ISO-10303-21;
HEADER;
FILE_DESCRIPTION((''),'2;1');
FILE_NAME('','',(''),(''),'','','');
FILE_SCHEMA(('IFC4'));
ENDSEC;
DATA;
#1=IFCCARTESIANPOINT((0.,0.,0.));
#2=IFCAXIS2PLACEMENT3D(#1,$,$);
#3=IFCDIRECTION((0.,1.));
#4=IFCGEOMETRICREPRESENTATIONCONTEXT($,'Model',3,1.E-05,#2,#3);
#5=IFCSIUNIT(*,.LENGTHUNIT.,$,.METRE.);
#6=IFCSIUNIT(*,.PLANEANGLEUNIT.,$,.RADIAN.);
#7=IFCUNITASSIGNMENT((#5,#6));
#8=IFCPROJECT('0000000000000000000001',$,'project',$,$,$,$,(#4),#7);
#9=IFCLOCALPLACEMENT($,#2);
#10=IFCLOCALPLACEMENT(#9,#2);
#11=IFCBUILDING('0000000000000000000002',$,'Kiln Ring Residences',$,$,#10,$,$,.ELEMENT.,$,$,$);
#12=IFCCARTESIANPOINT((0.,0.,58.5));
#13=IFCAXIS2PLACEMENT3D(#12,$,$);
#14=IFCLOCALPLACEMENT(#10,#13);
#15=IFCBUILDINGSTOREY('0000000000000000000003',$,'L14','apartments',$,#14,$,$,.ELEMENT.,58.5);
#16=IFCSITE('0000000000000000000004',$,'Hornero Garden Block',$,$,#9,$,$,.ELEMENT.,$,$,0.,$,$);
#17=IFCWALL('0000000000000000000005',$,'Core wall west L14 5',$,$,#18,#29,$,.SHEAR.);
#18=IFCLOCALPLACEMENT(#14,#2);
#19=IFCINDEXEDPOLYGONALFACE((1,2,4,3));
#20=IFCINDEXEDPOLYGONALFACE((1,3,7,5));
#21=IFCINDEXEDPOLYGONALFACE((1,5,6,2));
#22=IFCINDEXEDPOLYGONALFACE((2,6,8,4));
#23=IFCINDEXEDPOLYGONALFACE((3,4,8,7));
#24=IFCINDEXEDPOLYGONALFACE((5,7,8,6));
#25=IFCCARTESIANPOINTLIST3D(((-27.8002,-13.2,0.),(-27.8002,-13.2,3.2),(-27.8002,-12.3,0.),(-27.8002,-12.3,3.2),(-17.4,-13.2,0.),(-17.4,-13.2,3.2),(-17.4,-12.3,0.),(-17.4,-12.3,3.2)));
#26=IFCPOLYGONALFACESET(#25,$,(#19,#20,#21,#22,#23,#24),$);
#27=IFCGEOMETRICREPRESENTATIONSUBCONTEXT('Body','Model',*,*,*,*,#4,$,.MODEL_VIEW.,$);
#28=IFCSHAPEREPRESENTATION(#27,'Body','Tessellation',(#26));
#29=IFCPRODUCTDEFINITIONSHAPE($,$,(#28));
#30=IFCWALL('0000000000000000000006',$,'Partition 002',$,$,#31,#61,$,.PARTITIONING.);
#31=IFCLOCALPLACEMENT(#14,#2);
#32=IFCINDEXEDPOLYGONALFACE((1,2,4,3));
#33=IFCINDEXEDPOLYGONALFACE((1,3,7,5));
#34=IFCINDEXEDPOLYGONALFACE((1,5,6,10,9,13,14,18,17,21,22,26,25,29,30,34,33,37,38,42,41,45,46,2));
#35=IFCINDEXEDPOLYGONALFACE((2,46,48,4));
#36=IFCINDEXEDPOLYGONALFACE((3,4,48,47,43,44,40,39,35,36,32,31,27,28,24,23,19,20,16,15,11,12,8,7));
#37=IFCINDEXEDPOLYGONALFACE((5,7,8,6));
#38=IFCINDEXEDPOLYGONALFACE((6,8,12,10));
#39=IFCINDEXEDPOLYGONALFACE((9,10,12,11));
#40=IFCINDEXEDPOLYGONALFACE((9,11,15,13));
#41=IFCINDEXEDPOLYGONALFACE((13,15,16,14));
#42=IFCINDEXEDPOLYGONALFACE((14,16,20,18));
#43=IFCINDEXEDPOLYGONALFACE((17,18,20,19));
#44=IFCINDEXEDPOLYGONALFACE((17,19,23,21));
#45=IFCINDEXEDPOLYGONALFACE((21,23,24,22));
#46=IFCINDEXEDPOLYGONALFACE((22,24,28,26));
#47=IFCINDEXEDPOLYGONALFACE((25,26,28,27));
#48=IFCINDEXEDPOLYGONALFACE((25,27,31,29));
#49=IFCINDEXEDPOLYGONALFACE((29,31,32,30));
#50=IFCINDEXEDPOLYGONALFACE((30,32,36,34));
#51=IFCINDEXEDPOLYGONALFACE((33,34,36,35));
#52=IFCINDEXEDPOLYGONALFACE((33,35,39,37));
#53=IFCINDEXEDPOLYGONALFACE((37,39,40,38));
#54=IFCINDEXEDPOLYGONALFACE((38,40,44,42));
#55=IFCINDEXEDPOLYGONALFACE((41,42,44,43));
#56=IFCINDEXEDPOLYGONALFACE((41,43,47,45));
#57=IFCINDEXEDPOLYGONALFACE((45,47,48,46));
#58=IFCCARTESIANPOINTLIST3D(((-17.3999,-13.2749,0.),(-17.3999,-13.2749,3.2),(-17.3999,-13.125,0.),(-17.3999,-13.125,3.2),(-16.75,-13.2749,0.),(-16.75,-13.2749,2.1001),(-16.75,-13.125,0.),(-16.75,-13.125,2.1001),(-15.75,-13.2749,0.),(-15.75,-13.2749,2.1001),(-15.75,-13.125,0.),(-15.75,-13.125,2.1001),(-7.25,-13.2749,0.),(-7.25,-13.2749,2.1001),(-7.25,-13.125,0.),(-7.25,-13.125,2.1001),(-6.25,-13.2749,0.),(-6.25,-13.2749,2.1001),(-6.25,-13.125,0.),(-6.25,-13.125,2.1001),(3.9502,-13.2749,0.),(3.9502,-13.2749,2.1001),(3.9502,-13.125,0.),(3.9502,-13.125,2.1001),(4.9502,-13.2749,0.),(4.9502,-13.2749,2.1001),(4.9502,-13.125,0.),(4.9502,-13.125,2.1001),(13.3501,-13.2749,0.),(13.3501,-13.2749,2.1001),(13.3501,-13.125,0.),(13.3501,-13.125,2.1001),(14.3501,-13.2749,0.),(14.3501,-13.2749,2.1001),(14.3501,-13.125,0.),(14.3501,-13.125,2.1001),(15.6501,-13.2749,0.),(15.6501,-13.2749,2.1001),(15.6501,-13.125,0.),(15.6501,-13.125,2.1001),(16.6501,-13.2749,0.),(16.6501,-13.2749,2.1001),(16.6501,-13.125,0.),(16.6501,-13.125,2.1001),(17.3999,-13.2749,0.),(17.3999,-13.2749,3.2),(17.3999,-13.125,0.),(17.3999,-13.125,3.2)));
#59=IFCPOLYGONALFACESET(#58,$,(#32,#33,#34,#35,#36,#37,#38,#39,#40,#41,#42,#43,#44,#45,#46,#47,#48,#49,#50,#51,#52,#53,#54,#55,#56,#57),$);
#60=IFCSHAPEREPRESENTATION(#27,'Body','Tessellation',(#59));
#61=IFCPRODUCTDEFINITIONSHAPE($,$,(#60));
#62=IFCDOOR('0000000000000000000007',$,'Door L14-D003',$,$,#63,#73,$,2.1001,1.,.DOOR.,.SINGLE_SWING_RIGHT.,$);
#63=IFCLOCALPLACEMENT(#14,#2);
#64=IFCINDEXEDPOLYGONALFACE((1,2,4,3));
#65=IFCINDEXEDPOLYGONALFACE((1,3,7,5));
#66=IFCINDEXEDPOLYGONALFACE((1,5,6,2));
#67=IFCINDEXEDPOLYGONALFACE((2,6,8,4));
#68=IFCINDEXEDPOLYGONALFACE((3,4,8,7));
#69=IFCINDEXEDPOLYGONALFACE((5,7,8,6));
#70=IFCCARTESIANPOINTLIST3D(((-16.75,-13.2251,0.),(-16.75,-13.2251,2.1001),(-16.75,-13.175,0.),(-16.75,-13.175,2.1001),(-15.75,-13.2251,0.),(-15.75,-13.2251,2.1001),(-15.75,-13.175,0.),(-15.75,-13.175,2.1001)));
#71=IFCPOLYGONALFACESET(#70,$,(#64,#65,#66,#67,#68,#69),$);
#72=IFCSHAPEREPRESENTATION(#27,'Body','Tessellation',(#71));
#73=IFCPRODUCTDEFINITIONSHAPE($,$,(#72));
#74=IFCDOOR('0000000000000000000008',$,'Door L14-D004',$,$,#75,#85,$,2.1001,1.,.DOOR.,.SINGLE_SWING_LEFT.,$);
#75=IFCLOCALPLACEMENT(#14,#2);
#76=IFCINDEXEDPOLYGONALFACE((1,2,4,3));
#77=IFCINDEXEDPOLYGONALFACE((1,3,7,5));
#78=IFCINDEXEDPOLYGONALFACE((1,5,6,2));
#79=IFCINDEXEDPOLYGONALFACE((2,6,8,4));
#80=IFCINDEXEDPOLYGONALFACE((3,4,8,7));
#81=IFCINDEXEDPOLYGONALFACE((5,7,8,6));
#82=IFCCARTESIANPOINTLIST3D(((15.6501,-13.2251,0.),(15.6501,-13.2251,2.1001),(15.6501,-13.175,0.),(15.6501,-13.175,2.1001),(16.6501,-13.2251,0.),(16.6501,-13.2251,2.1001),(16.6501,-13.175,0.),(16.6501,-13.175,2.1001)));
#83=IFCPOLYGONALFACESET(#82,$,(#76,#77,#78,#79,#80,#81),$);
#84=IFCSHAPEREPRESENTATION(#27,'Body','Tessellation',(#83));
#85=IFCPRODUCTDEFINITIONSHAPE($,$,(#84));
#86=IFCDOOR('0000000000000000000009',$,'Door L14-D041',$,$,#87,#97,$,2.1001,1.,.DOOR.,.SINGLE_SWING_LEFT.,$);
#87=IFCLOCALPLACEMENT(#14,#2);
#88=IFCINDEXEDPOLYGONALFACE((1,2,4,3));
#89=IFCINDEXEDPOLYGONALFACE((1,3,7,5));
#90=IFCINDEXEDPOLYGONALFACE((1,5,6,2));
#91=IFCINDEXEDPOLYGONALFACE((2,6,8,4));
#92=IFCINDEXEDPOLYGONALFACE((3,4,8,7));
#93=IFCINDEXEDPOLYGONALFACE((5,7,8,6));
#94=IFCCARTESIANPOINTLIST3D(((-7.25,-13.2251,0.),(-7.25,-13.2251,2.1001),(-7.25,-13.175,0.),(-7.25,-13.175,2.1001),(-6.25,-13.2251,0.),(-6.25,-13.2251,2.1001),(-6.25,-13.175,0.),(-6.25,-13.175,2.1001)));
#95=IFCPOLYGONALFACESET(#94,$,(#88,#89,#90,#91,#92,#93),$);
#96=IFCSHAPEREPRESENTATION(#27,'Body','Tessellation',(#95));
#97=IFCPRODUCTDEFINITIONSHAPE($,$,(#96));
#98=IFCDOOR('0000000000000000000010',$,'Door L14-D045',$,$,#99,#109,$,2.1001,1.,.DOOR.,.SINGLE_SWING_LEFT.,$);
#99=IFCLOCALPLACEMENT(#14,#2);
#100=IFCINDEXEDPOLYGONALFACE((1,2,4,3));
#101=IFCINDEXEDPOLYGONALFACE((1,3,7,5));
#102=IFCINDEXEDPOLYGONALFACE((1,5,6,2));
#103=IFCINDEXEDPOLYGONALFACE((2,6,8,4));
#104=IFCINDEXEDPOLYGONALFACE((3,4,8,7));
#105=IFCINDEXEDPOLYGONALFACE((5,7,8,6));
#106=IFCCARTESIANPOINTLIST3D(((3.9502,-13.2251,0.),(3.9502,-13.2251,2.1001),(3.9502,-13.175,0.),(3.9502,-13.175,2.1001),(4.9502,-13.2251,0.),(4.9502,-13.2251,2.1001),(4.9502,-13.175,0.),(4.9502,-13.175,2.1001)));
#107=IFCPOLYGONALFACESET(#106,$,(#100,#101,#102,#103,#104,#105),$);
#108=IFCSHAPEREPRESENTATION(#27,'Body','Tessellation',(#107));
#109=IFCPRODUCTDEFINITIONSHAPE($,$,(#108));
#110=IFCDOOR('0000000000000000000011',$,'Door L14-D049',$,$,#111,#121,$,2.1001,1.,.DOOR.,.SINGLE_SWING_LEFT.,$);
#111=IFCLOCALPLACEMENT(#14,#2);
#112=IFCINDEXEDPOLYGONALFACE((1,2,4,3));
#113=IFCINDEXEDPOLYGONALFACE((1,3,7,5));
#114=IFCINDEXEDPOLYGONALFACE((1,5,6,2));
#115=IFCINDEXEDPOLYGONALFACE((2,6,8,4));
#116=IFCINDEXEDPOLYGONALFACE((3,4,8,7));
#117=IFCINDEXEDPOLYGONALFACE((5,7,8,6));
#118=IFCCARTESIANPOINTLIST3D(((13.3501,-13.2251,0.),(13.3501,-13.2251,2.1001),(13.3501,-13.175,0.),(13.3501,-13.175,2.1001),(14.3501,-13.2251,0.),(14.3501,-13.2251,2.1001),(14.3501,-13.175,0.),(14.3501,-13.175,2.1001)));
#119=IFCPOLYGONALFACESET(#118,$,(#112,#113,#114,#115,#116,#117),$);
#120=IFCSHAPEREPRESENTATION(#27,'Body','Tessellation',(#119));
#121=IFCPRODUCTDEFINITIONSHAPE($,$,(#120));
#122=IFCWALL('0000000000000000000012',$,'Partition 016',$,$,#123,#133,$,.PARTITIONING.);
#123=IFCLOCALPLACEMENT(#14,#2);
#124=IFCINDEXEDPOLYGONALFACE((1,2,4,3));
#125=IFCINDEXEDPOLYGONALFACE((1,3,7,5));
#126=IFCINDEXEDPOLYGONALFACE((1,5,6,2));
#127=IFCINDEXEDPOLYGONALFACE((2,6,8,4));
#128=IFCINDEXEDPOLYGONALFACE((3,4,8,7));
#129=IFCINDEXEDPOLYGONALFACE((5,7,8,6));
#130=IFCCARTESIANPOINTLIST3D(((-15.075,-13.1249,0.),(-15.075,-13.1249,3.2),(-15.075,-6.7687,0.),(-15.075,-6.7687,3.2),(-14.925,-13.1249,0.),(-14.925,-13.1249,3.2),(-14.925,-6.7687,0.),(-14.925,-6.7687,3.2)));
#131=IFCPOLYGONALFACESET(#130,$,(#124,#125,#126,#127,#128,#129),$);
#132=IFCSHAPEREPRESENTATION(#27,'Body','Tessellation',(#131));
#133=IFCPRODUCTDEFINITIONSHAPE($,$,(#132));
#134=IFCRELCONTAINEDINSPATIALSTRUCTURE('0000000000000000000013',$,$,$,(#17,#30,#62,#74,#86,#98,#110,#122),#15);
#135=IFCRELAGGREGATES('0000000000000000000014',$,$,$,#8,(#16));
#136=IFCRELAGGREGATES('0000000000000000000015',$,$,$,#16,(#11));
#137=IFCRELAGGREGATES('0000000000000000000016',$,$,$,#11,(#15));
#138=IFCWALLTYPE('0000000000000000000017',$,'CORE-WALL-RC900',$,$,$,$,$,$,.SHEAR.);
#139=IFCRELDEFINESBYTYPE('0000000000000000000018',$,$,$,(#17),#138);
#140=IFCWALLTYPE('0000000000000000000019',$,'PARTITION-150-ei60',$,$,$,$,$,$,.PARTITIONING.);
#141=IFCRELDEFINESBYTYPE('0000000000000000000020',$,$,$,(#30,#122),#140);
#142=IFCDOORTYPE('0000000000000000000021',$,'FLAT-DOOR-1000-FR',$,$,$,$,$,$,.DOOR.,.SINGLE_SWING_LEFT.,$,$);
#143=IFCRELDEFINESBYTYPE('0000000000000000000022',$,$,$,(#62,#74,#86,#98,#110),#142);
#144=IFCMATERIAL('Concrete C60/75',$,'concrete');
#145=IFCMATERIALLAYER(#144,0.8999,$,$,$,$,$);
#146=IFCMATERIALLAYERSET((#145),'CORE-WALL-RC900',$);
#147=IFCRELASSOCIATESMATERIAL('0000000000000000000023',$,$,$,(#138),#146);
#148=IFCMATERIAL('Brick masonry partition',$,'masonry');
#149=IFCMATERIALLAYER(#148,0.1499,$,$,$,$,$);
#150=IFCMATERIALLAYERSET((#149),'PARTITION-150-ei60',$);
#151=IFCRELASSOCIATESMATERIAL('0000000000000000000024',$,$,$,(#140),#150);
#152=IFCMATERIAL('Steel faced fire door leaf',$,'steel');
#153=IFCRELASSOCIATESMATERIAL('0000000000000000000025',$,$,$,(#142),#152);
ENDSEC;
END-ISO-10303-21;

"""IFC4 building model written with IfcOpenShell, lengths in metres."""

from ifc_helpers import new_model, si_unit, direction, frame, frame_2d, origin, place, context, subcontext, project, spatial, rectangle, extrude, material, layer, layer_set, type_object, element, fill, save


model = new_model("IFC4")

# Units and contexts
model_context = context("Model", 3, precision=1e-05, world=origin(), true_north=direction((0.0, 1.0)))
body_context = subcontext(model_context, "Body", "Model", "MODEL_VIEW")
ifc_project = project(units=[si_unit("LENGTHUNIT", "METRE"), si_unit("PLANEANGLEUNIT", "RADIAN")], contexts=[model_context])

# Site, building, storey
site_placement = place(None, origin())
site = spatial("IfcSite", under=ifc_project, at=site_placement, Name="Hornero Garden Block", CompositionType="ELEMENT", RefElevation=0.0)
building_placement = place(site_placement, origin())
building = spatial("IfcBuilding", under=site, at=building_placement, Name="Kiln Ring Residences", CompositionType="ELEMENT")
storey_placement = place(building_placement, frame((0.0, 0.0, 58.5)))
storey = spatial("IfcBuildingStorey", under=building, at=storey_placement, Name="L14", Description="apartments", CompositionType="ELEMENT", Elevation=58.5)

# Wall
ifc_material_1 = material(Name="Concrete C60/75", Category="concrete")
ifc_layer_1 = layer(ifc_material_1, 0.8999)
ifc_layer_set_1 = layer_set([ifc_layer_1], Name="CORE-WALL-RC900")
wall_type_1 = type_object("IfcWallType", Name="CORE-WALL-RC900", PredefinedType="SHEAR", material=ifc_layer_set_1)
wall_1_placement = place(storey_placement, frame((-17.3999, -12.75, 0.0), z_axis=(0.0, 0.0, 1.0), x_axis=(-1.0, 0.0, 0.0)))
element("IfcWall", 1, at=wall_1_placement, inside=storey, type_object=wall_type_1, Name="Core wall west L14 5", PredefinedType="SHEAR", context=body_context, shape_type="SweptSolid", body=[
    extrude(rectangle(XDim=10.4001, YDim=0.8999, at=frame_2d((5.2002, 0.0))), origin(), (0.0, 0.0, 1.0), 3.2),
])

# Wall, openings, doors
ifc_material_2 = material(Name="Brick masonry partition", Category="masonry")
ifc_layer_2 = layer(ifc_material_2, 0.1499)
ifc_layer_set_2 = layer_set([ifc_layer_2], Name="PARTITION-150-ei60")
wall_type_2 = type_object("IfcWallType", Name="PARTITION-150-ei60", PredefinedType="PARTITIONING", material=ifc_layer_set_2)
wall_2_placement = place(storey_placement, frame((-17.3999, -13.2, 0.0), z_axis=(0.0, 0.0, 1.0), x_axis=(1.0, 0.0, 0.0)))
wall_2 = element("IfcWall", 2, at=wall_2_placement, inside=storey, type_object=wall_type_2, Name="Partition 002", PredefinedType="PARTITIONING", context=body_context, shape_type="SweptSolid", body=[
    extrude(rectangle(XDim=34.7998, YDim=0.1499, at=frame_2d((17.3999, 0.0))), origin(), (0.0, 0.0, 1.0), 3.2),
])
opening_1_placement = place(wall_2_placement, frame((0.6499, 0.0, 0.0)))
opening_1 = element("IfcOpeningElement", 3, at=opening_1_placement, cuts=wall_2, PredefinedType="OPENING", context=body_context, shape_type="SweptSolid", body=[
    extrude(rectangle(XDim=1.0, YDim=2.1001, at=frame_2d((0.5, 1.05))), frame((0.0, 0.085, 0.0), z_axis=(0.0, -1.0, 0.0), x_axis=(1.0, 0.0, 0.0)), (0.0, 0.0, 1.0), 0.1699),
])
opening_2_placement = place(wall_2_placement, frame((33.05, 0.0, 0.0)))
opening_2 = element("IfcOpeningElement", 4, at=opening_2_placement, cuts=wall_2, PredefinedType="OPENING", context=body_context, shape_type="SweptSolid", body=[
    extrude(rectangle(XDim=1.0, YDim=2.1001, at=frame_2d((0.5, 1.05))), frame((0.0, 0.085, 0.0), z_axis=(0.0, -1.0, 0.0), x_axis=(1.0, 0.0, 0.0)), (0.0, 0.0, 1.0), 0.1699),
])
opening_3_placement = place(wall_2_placement, frame((10.1499, 0.0, 0.0)))
opening_3 = element("IfcOpeningElement", 5, at=opening_3_placement, cuts=wall_2, PredefinedType="OPENING", context=body_context, shape_type="SweptSolid", body=[
    extrude(rectangle(XDim=1.0, YDim=2.1001, at=frame_2d((0.5, 1.05))), frame((0.0, 0.085, 0.0), z_axis=(0.0, -1.0, 0.0), x_axis=(1.0, 0.0, 0.0)), (0.0, 0.0, 1.0), 0.1699),
])
opening_4_placement = place(wall_2_placement, frame((21.3501, 0.0, 0.0)))
opening_4 = element("IfcOpeningElement", 6, at=opening_4_placement, cuts=wall_2, PredefinedType="OPENING", context=body_context, shape_type="SweptSolid", body=[
    extrude(rectangle(XDim=1.0, YDim=2.1001, at=frame_2d((0.5, 1.05))), frame((0.0, 0.085, 0.0), z_axis=(0.0, -1.0, 0.0), x_axis=(1.0, 0.0, 0.0)), (0.0, 0.0, 1.0), 0.1699),
])
opening_5_placement = place(wall_2_placement, frame((30.75, 0.0, 0.0)))
opening_5 = element("IfcOpeningElement", 7, at=opening_5_placement, cuts=wall_2, PredefinedType="OPENING", context=body_context, shape_type="SweptSolid", body=[
    extrude(rectangle(XDim=1.0, YDim=2.1001, at=frame_2d((0.5, 1.05))), frame((0.0, 0.085, 0.0), z_axis=(0.0, -1.0, 0.0), x_axis=(1.0, 0.0, 0.0)), (0.0, 0.0, 1.0), 0.1699),
])
ifc_material_3 = material(Name="Steel faced fire door leaf", Category="steel")
door_type_1 = type_object("IfcDoorType", Name="FLAT-DOOR-1000-FR", OperationType="SINGLE_SWING_LEFT", PredefinedType="DOOR", material=ifc_material_3)
door_1_placement = place(opening_1_placement, origin())
door_1 = element("IfcDoor", 8, at=door_1_placement, inside=storey, type_object=door_type_1, Name="Door L14-D003", OperationType="SINGLE_SWING_RIGHT", OverallHeight=2.1001, OverallWidth=1.0, PredefinedType="DOOR", context=body_context, shape_type="SweptSolid", body=[
    extrude(rectangle(XDim=1.0, YDim=2.1001, at=frame_2d((0.5, 1.05))), frame((0.0, 0.0249, 0.0), z_axis=(0.0, -1.0, 0.0), x_axis=(1.0, 0.0, 0.0)), (0.0, 0.0, 1.0), 0.05),
])
fill(opening_1, door_1)
door_2_placement = place(opening_2_placement, origin())
door_2 = element("IfcDoor", 9, at=door_2_placement, inside=storey, type_object=door_type_1, Name="Door L14-D004", OperationType="SINGLE_SWING_LEFT", OverallHeight=2.1001, OverallWidth=1.0, PredefinedType="DOOR", context=body_context, shape_type="SweptSolid", body=[
    extrude(rectangle(XDim=1.0, YDim=2.1001, at=frame_2d((0.5, 1.05))), frame((0.0, 0.0249, 0.0), z_axis=(0.0, -1.0, 0.0), x_axis=(1.0, 0.0, 0.0)), (0.0, 0.0, 1.0), 0.05),
])
fill(opening_2, door_2)
door_3_placement = place(opening_3_placement, origin())
door_3 = element("IfcDoor", 10, at=door_3_placement, inside=storey, type_object=door_type_1, Name="Door L14-D041", OperationType="SINGLE_SWING_LEFT", OverallHeight=2.1001, OverallWidth=1.0, PredefinedType="DOOR", context=body_context, shape_type="SweptSolid", body=[
    extrude(rectangle(XDim=1.0, YDim=2.1001, at=frame_2d((0.5, 1.05))), frame((0.0, 0.0249, 0.0), z_axis=(0.0, -1.0, 0.0), x_axis=(1.0, 0.0, 0.0)), (0.0, 0.0, 1.0), 0.05),
])
fill(opening_3, door_3)
door_4_placement = place(opening_4_placement, origin())
door_4 = element("IfcDoor", 11, at=door_4_placement, inside=storey, type_object=door_type_1, Name="Door L14-D045", OperationType="SINGLE_SWING_LEFT", OverallHeight=2.1001, OverallWidth=1.0, PredefinedType="DOOR", context=body_context, shape_type="SweptSolid", body=[
    extrude(rectangle(XDim=1.0, YDim=2.1001, at=frame_2d((0.5, 1.05))), frame((0.0, 0.0249, 0.0), z_axis=(0.0, -1.0, 0.0), x_axis=(1.0, 0.0, 0.0)), (0.0, 0.0, 1.0), 0.05),
])
fill(opening_4, door_4)
door_5_placement = place(opening_5_placement, origin())
door_5 = element("IfcDoor", 12, at=door_5_placement, inside=storey, type_object=door_type_1, Name="Door L14-D049", OperationType="SINGLE_SWING_LEFT", OverallHeight=2.1001, OverallWidth=1.0, PredefinedType="DOOR", context=body_context, shape_type="SweptSolid", body=[
    extrude(rectangle(XDim=1.0, YDim=2.1001, at=frame_2d((0.5, 1.05))), frame((0.0, 0.0249, 0.0), z_axis=(0.0, -1.0, 0.0), x_axis=(1.0, 0.0, 0.0)), (0.0, 0.0, 1.0), 0.05),
])
fill(opening_5, door_5)

# Wall
wall_3_placement = place(storey_placement, frame((-15.0, -13.125, 0.0), z_axis=(0.0, 0.0, 1.0), x_axis=(0.0, 1.0, 0.0)))
element("IfcWall", 13, at=wall_3_placement, inside=storey, type_object=wall_type_2, Name="Partition 016", PredefinedType="PARTITIONING", context=body_context, shape_type="SweptSolid", body=[
    extrude(rectangle(XDim=6.3562, YDim=0.1499, at=frame_2d((3.1782, 0.0))), origin(), (0.0, 0.0, 1.0), 3.2),
])

save(model, "model.ifc")
